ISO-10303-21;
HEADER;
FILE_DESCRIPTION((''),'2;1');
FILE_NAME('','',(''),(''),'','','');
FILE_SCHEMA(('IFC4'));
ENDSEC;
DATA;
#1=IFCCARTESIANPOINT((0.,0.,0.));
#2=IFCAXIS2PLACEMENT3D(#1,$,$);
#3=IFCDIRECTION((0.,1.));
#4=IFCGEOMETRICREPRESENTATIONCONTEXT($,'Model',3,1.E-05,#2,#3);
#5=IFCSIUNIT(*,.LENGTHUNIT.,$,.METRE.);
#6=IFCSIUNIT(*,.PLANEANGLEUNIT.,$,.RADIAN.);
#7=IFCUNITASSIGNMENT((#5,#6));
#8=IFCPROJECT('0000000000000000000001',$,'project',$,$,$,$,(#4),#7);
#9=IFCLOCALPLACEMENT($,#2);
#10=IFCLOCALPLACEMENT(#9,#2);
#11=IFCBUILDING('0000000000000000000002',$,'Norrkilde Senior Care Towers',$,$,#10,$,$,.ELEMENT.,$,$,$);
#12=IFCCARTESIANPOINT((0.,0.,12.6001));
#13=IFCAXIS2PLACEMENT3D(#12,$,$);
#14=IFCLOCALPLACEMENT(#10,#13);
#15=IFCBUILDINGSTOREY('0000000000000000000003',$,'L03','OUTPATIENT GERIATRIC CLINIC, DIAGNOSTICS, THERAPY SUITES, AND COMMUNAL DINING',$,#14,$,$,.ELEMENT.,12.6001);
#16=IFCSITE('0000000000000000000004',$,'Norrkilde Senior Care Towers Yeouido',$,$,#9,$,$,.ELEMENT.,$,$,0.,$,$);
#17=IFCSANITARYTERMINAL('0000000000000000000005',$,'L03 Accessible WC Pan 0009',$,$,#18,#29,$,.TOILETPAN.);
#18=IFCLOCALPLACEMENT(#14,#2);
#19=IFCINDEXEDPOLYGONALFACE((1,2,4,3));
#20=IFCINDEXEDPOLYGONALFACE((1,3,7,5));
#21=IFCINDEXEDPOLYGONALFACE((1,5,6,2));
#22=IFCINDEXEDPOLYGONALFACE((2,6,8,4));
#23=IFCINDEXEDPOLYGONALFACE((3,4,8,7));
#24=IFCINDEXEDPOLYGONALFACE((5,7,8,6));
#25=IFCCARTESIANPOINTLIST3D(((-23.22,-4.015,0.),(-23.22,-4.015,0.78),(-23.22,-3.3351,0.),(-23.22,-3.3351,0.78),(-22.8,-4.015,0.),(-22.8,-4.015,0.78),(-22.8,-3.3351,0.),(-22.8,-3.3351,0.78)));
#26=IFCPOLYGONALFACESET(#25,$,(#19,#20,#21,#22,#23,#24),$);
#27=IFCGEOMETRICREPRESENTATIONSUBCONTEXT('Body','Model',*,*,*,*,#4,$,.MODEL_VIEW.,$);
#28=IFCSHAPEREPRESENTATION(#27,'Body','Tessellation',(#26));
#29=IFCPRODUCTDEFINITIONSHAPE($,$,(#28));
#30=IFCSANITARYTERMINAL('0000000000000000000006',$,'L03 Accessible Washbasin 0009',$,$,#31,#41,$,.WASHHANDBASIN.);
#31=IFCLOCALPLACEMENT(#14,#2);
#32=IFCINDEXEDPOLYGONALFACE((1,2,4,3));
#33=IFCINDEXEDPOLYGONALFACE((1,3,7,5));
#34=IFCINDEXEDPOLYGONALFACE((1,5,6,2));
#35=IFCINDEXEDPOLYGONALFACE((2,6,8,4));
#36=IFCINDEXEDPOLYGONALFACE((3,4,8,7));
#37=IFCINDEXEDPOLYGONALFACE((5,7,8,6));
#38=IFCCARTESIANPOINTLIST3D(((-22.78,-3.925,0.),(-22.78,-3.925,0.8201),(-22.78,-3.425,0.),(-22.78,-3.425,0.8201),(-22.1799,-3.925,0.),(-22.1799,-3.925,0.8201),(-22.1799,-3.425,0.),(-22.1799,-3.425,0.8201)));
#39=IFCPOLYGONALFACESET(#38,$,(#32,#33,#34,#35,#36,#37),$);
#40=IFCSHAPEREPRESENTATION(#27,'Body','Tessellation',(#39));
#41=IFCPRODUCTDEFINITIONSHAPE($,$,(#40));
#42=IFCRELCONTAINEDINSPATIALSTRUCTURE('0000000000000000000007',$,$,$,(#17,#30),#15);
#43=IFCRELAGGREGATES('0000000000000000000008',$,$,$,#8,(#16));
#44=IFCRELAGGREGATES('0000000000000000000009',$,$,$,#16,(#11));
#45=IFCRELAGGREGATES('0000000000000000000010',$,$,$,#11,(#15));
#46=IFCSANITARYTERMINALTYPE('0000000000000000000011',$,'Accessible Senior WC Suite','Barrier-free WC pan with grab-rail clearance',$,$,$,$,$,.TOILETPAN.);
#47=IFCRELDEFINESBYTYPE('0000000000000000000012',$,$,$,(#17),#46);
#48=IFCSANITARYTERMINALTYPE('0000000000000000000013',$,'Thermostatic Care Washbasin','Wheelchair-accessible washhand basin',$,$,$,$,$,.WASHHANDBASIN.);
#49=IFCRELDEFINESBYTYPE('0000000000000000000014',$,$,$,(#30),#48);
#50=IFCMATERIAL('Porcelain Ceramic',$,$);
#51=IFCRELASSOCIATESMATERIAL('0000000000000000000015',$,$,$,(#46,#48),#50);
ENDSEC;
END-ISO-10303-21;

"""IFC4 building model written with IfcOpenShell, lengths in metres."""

from ifc_helpers import new_model, si_unit, direction, frame, origin, origin_2d, place, context, subcontext, project, spatial, rectangle, extrude, source, transform, mapped, material, type_object, type_shapes, element, save


model = new_model("IFC4")

# Units and contexts
model_context = context("Model", 3, precision=1e-05, world=origin(), true_north=direction((0.0, 1.0)))
body_context = subcontext(model_context, "Body", "Model", "MODEL_VIEW")
ifc_project = project(units=[si_unit("LENGTHUNIT", "METRE"), si_unit("PLANEANGLEUNIT", "RADIAN")], contexts=[model_context])

# Site, building, storey
site_placement = place(None, origin())
site = spatial("IfcSite", under=ifc_project, at=site_placement, Name="Norrkilde Senior Care Towers Yeouido", CompositionType="ELEMENT", RefElevation=0.0)
building_placement = place(site_placement, origin())
building = spatial("IfcBuilding", under=site, at=building_placement, Name="Norrkilde Senior Care Towers", CompositionType="ELEMENT")
storey_placement = place(building_placement, frame((0.0, 0.0, 12.6001)))
storey = spatial("IfcBuildingStorey", under=building, at=storey_placement, Name="L03", Description="OUTPATIENT GERIATRIC CLINIC, DIAGNOSTICS, THERAPY SUITES, AND COMMUNAL DINING", CompositionType="ELEMENT", Elevation=12.6001)

# Sanitary terminals
ifc_material_1 = material(Name="Porcelain Ceramic")
sanitary_terminal_type_1 = type_object("IfcSanitaryTerminalType", Name="Accessible Senior WC Suite", Description="Barrier-free WC pan with grab-rail clearance", PredefinedType="TOILETPAN", material=ifc_material_1)
shared_shape_1 = source(origin(), body_context, "Body", "SweptSolid", [
    extrude(rectangle(XDim=0.4199, YDim=0.6799, at=origin_2d()), origin(), (0.0, 0.0, 1.0), 0.78),
])
type_shapes(sanitary_terminal_type_1, [shared_shape_1])
sanitary_terminal_1_placement = place(storey_placement, frame((-23.01, -3.675, 0.0), z_axis=(0.0, 0.0, 1.0), x_axis=(1.0, 0.0, 0.0)))
element("IfcSanitaryTerminal", 1, at=sanitary_terminal_1_placement, inside=storey, type_object=sanitary_terminal_type_1, Name="L03 Accessible WC Pan 0009", PredefinedType="TOILETPAN", context=body_context, shape_type="MappedRepresentation", body=[
    mapped(shared_shape_1, transform((0.0, 0.0, 0.0), x_axis=(1.0, 0.0, 0.0), y_axis=(0.0, 1.0, 0.0), z_axis=(0.0, 0.0, 1.0), scale=1.0)),
])
sanitary_terminal_type_2 = type_object("IfcSanitaryTerminalType", Name="Thermostatic Care Washbasin", Description="Wheelchair-accessible washhand basin", PredefinedType="WASHHANDBASIN", material=ifc_material_1)
shared_shape_2 = source(origin(), body_context, "Body", "SweptSolid", [
    extrude(rectangle(XDim=0.6001, YDim=0.5, at=origin_2d()), origin(), (0.0, 0.0, 1.0), 0.8201),
])
type_shapes(sanitary_terminal_type_2, [shared_shape_2])
sanitary_terminal_2_placement = place(storey_placement, frame((-22.48, -3.675, 0.0), z_axis=(0.0, 0.0, 1.0), x_axis=(1.0, 0.0, 0.0)))
element("IfcSanitaryTerminal", 2, at=sanitary_terminal_2_placement, inside=storey, type_object=sanitary_terminal_type_2, Name="L03 Accessible Washbasin 0009", PredefinedType="WASHHANDBASIN", context=body_context, shape_type="MappedRepresentation", body=[
    mapped(shared_shape_2, transform((0.0, 0.0, 0.0), x_axis=(1.0, 0.0, 0.0), y_axis=(0.0, 1.0, 0.0), z_axis=(0.0, 0.0, 1.0), scale=1.0)),
])

save(model, "model.ifc")
